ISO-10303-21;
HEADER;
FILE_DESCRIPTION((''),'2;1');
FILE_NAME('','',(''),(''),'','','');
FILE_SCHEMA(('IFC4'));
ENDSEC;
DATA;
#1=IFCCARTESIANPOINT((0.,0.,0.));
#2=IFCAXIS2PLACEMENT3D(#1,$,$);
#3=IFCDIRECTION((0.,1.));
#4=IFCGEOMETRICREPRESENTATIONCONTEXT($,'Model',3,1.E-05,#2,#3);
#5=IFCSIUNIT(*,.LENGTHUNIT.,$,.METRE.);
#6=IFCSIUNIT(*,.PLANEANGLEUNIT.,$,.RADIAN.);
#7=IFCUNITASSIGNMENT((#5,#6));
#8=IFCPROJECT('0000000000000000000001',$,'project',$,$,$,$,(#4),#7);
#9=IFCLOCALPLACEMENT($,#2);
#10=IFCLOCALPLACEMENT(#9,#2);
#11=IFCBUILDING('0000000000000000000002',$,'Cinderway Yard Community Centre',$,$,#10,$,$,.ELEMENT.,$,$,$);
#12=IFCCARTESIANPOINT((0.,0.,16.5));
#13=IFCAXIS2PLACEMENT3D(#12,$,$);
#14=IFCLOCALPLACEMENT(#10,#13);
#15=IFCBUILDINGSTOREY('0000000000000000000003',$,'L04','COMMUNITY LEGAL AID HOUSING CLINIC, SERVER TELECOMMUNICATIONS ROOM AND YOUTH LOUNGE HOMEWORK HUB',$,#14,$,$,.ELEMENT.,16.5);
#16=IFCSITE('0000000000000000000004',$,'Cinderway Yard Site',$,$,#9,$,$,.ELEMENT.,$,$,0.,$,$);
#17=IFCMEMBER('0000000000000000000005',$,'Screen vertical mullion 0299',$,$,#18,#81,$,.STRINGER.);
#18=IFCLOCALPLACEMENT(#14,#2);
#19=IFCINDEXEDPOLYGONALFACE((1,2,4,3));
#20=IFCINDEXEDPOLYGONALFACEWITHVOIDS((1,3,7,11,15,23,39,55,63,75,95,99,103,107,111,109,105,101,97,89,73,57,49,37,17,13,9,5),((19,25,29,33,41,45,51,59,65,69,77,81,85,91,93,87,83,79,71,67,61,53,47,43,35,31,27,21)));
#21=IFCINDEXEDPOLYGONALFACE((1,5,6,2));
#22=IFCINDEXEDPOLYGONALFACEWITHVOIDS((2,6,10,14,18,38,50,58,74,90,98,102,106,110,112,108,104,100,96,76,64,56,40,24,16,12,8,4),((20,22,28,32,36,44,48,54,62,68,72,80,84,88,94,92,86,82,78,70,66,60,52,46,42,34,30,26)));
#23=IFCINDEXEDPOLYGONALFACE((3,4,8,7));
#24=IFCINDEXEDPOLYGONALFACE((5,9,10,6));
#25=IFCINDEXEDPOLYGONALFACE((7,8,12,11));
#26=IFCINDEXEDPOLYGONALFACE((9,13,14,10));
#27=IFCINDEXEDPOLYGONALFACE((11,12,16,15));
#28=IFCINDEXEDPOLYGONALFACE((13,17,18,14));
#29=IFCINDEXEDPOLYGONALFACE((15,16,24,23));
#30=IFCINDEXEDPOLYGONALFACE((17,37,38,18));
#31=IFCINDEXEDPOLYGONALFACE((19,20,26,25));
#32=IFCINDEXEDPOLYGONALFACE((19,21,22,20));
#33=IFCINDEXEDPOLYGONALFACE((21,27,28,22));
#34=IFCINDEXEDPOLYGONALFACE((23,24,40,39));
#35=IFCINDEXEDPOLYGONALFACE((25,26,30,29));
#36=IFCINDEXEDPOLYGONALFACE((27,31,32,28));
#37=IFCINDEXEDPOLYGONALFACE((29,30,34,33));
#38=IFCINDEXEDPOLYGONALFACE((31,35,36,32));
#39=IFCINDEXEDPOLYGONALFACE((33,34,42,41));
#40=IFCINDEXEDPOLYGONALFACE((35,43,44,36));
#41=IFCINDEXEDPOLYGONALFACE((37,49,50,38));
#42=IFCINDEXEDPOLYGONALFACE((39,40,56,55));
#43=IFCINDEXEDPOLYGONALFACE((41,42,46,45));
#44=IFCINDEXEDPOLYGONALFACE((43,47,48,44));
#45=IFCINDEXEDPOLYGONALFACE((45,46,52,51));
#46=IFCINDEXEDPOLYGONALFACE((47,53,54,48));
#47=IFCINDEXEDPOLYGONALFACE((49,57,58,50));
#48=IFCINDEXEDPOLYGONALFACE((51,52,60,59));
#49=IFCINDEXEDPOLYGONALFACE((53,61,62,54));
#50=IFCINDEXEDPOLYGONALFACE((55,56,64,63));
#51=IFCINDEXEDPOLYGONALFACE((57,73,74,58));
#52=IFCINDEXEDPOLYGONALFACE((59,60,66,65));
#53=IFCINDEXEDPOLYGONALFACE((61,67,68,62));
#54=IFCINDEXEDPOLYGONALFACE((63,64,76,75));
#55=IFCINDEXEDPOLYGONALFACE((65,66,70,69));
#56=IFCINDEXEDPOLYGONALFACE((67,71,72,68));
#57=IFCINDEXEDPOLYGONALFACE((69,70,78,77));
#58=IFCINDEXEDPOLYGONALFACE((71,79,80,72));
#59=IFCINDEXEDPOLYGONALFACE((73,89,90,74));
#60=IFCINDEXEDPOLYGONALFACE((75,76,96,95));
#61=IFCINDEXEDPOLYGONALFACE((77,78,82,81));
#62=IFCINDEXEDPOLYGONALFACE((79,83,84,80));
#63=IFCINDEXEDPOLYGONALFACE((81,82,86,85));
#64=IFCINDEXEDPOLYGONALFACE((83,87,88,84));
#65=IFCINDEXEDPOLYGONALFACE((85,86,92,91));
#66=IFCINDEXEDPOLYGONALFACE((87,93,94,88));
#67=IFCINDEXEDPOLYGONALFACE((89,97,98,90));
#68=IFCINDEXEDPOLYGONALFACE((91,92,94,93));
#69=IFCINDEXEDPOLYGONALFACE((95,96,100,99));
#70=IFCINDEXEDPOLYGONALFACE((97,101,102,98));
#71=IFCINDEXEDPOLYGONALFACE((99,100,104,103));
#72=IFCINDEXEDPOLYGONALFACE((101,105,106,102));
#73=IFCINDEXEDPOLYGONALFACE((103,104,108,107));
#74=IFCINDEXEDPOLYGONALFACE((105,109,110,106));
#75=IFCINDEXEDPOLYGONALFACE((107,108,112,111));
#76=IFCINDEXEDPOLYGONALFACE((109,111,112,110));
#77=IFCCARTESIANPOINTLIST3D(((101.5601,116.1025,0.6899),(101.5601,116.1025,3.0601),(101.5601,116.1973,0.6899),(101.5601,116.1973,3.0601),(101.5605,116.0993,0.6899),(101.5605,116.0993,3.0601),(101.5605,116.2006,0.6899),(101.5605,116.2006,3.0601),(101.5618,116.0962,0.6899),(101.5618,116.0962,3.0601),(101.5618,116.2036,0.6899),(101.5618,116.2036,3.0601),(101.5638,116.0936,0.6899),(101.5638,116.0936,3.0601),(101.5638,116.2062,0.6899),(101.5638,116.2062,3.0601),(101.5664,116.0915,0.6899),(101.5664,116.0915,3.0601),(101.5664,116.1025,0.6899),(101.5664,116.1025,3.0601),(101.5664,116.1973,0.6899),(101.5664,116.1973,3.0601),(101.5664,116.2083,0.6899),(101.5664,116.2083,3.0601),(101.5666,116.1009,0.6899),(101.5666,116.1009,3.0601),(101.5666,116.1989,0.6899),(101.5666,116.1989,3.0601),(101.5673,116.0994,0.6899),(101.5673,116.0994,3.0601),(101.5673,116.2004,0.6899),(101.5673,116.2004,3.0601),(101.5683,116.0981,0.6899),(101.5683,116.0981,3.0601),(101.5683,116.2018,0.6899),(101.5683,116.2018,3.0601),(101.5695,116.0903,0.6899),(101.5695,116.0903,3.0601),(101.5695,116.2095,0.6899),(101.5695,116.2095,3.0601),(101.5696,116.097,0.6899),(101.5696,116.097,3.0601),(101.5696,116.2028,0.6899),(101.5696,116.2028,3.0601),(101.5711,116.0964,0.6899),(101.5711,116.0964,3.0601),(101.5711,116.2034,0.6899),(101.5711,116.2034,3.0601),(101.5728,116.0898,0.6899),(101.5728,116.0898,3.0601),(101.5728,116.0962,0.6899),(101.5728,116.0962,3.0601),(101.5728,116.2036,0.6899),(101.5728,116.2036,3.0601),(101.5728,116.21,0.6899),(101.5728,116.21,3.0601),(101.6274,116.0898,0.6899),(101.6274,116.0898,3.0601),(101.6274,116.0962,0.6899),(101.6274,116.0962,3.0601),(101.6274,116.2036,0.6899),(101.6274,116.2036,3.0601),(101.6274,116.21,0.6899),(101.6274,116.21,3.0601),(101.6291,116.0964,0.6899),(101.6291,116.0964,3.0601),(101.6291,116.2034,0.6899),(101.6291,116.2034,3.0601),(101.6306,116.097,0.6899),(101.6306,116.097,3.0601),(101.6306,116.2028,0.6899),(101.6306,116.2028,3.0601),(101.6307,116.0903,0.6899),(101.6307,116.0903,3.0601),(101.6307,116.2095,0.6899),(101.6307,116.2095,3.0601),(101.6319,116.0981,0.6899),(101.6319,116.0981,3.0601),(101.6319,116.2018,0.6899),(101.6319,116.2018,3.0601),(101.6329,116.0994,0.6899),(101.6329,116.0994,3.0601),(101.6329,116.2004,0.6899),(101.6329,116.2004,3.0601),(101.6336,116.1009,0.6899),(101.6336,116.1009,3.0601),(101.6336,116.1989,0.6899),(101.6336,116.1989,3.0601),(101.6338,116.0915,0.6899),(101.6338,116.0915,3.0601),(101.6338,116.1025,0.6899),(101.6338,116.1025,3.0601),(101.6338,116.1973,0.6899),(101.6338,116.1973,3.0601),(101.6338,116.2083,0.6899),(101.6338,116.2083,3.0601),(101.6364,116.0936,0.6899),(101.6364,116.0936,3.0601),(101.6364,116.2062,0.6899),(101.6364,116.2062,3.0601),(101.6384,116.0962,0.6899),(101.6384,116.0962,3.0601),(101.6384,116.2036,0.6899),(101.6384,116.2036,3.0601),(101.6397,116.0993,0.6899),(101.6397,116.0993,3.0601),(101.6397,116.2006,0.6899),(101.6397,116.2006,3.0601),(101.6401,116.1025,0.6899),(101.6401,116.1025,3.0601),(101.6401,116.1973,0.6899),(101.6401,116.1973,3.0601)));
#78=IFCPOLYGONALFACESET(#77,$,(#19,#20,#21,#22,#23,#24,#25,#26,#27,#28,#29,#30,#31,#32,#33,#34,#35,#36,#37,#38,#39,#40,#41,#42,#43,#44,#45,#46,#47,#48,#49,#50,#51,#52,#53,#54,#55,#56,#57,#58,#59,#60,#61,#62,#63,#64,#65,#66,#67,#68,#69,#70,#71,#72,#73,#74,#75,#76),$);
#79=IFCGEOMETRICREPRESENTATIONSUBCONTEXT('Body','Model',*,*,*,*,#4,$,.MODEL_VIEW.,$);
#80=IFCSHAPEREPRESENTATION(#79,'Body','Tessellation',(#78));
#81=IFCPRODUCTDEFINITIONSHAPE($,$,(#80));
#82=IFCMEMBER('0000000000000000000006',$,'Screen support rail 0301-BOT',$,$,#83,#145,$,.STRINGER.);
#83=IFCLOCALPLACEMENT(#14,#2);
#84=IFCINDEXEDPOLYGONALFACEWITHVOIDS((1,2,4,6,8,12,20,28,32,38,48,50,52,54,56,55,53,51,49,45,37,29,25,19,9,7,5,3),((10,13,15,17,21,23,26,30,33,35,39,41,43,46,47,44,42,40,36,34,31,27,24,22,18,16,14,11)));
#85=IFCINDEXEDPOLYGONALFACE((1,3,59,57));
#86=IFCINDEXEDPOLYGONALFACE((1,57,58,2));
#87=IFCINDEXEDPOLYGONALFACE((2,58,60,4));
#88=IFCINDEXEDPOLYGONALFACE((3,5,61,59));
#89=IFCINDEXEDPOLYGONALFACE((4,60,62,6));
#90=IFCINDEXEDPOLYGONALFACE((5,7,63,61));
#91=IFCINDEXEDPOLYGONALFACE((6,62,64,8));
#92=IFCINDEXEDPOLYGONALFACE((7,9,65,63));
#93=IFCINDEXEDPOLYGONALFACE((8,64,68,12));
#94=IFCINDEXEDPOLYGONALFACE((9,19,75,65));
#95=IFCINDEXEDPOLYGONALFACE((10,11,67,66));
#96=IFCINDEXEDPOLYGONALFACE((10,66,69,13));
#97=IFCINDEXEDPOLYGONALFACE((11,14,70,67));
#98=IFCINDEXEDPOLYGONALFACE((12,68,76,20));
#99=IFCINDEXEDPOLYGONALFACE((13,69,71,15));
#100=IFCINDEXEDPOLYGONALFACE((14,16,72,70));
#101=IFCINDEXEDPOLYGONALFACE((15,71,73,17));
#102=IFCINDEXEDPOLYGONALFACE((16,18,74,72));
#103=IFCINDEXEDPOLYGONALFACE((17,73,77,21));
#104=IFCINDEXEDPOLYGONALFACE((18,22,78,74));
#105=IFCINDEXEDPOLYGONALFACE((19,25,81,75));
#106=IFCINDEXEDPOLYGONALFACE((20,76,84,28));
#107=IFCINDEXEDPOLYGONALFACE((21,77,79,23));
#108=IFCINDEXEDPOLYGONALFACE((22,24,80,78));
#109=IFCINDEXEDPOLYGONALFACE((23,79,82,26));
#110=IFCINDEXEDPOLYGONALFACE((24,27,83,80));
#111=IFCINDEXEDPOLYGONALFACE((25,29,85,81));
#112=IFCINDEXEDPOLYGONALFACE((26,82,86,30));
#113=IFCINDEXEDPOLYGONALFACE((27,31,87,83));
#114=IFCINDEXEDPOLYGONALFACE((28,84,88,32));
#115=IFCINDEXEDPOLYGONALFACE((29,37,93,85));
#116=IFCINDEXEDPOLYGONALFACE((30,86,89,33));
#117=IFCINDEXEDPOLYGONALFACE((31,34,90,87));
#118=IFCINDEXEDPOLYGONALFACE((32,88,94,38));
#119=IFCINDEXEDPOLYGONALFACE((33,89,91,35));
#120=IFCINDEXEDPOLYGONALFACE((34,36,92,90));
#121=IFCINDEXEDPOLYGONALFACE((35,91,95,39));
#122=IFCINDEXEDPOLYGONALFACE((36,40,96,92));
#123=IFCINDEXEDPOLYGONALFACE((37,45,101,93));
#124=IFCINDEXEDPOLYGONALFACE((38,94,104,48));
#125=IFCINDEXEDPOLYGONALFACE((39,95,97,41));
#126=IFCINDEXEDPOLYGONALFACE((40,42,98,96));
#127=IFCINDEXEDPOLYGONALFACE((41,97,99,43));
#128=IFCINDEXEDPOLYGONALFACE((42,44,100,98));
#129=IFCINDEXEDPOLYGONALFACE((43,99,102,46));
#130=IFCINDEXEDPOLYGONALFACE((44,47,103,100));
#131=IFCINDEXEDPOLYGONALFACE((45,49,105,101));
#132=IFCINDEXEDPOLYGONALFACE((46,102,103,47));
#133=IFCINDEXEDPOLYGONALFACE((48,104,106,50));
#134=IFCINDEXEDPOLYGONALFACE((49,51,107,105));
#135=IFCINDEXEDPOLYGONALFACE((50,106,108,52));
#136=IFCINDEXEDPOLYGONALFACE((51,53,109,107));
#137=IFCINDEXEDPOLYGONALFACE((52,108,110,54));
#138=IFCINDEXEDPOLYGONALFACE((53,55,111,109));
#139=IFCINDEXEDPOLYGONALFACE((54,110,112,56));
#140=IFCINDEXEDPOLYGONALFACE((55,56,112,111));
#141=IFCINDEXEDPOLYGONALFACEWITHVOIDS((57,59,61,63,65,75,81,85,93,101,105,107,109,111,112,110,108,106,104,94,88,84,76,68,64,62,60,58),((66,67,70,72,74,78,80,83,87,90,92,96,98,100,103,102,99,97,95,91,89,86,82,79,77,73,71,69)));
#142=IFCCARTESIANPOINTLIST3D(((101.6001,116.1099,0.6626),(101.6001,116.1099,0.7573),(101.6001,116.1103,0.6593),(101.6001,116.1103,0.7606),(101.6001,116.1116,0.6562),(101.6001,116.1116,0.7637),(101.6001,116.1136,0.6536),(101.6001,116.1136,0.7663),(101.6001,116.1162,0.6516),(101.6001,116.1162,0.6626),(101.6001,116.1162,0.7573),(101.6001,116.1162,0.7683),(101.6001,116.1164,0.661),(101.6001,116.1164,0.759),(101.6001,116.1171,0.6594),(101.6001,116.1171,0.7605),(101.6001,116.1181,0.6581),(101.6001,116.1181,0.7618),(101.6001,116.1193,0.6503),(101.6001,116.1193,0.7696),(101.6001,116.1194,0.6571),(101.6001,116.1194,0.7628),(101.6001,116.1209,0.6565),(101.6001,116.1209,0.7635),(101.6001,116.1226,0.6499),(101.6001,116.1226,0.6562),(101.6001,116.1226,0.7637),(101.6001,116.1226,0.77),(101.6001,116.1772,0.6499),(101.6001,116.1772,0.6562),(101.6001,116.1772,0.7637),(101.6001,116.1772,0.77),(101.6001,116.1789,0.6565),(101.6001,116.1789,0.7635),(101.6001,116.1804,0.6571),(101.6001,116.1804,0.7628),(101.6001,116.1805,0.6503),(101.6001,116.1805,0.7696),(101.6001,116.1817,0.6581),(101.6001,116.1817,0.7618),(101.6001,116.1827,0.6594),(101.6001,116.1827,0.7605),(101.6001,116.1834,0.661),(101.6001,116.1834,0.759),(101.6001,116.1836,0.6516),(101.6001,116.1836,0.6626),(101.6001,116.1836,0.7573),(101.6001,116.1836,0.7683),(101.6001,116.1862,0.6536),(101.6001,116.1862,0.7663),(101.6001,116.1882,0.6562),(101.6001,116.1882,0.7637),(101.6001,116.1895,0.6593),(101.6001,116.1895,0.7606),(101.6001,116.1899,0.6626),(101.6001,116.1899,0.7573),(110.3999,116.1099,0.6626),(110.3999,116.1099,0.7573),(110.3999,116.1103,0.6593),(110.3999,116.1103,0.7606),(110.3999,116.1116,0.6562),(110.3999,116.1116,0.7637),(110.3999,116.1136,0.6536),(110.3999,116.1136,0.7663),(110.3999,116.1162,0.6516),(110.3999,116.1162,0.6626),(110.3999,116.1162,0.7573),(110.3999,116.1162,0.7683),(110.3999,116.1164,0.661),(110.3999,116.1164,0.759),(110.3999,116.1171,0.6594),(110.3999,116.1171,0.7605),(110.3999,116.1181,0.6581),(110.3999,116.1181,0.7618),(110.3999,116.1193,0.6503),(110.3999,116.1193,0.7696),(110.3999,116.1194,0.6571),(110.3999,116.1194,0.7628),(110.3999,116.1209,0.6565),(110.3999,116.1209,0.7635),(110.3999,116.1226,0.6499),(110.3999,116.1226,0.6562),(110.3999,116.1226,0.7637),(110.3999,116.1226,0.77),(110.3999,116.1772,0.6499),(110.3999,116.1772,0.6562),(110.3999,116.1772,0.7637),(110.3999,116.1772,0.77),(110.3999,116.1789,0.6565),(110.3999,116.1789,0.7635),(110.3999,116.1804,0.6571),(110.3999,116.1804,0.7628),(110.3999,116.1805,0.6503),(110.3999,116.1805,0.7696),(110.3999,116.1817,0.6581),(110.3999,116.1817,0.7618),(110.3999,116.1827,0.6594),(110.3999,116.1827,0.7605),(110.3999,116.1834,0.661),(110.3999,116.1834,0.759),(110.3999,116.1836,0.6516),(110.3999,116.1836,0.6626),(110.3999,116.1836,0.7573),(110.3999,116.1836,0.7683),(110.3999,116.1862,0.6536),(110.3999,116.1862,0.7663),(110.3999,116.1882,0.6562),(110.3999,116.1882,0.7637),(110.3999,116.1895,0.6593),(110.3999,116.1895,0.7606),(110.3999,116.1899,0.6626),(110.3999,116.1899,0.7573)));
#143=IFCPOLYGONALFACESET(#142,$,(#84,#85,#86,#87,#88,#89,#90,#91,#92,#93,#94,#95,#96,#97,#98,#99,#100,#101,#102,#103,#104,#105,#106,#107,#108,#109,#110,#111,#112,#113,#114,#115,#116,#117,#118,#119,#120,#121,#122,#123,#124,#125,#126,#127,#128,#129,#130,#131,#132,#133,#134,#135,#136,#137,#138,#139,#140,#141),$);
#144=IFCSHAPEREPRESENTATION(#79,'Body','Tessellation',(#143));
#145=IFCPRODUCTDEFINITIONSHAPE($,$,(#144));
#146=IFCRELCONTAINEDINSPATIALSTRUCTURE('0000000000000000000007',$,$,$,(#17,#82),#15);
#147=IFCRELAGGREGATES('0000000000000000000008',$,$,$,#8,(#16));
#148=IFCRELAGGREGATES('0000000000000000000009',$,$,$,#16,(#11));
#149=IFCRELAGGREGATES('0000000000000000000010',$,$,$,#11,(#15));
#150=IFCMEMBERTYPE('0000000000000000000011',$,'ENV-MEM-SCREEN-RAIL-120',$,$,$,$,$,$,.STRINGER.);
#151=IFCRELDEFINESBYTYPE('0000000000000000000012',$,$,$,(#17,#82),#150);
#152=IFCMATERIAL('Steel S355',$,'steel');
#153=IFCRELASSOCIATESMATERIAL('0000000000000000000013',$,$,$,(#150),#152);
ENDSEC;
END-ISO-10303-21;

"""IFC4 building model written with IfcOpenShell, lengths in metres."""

from ifc_helpers import new_model, si_unit, direction, frame, origin, origin_2d, place, context, subcontext, project, spatial, hollow_rectangle, extrude, material, material_profile, profile_set, type_object, element, save


model = new_model("IFC4")

# Units and contexts
model_context = context("Model", 3, precision=1e-05, world=origin(), true_north=direction((0.0, 1.0)))
body_context = subcontext(model_context, "Body", "Model", "MODEL_VIEW")
ifc_project = project(units=[si_unit("LENGTHUNIT", "METRE"), si_unit("PLANEANGLEUNIT", "RADIAN")], contexts=[model_context])

# Site, building, storey
site_placement = place(None, origin())
site = spatial("IfcSite", under=ifc_project, at=site_placement, Name="Cinderway Yard Site", CompositionType="ELEMENT", RefElevation=0.0)
building_placement = place(site_placement, origin())
building = spatial("IfcBuilding", under=site, at=building_placement, Name="Cinderway Yard Community Centre", CompositionType="ELEMENT")
storey_placement = place(building_placement, frame((0.0, 0.0, 16.5)))
storey = spatial("IfcBuildingStorey", under=building, at=storey_placement, Name="L04", Description="COMMUNITY LEGAL AID HOUSING CLINIC, SERVER TELECOMMUNICATIONS ROOM AND YOUTH LOUNGE HOMEWORK HUB", CompositionType="ELEMENT", Elevation=16.5)

# Members
ifc_material_1 = material(Name="Steel S355", Category="steel")
ifc_material_profile_1 = material_profile(ifc_material_1, hollow_rectangle(XDim=0.0801, YDim=0.1201, WallThickness=0.0063, InnerFilletRadius=0.0063, OuterFilletRadius=0.0127, at=origin_2d()), Name="Steel S355")
ifc_profile_set_1 = profile_set([ifc_material_profile_1], Name="Steel S355")
member_type_1 = type_object("IfcMemberType", Name="ENV-MEM-SCREEN-RAIL-120", PredefinedType="STRINGER", material=ifc_profile_set_1)
member_1_placement = place(storey_placement, frame((101.6001, 116.1499, 0.6899), z_axis=(0.0, 0.0, 1.0), x_axis=(1.0, 0.0, 0.0)))
element("IfcMember", 1, at=member_1_placement, inside=storey, type_object=member_type_1, Name="Screen vertical mullion 0299", PredefinedType="STRINGER", context=body_context, shape_type="SweptSolid", body=[
    extrude(hollow_rectangle(XDim=0.0801, YDim=0.1201, WallThickness=0.0063, InnerFilletRadius=0.0063, OuterFilletRadius=0.0127, at=origin_2d()), origin(), (0.0, 0.0, 1.0), 2.3701),
])
for number, where, z_axis, x_axis, name in (
    (2, (101.6001, 116.1499, 0.71), (1.0, 0.0, 0.0), (0.0, 1.0, 0.0), "Screen support rail 0301-BOT"),
):
    element("IfcMember", number, at=place(storey_placement, frame(where, z_axis=z_axis, x_axis=x_axis)), inside=storey, type_object=member_type_1, Name=name, PredefinedType="STRINGER", context=body_context, shape_type="SweptSolid", body=[
        extrude(hollow_rectangle(XDim=0.0801, YDim=0.1201, WallThickness=0.0063, InnerFilletRadius=0.0063, OuterFilletRadius=0.0127, at=origin_2d()), origin(), (0.0, 0.0, 1.0), 8.7998),
    ])

save(model, "model.ifc")
